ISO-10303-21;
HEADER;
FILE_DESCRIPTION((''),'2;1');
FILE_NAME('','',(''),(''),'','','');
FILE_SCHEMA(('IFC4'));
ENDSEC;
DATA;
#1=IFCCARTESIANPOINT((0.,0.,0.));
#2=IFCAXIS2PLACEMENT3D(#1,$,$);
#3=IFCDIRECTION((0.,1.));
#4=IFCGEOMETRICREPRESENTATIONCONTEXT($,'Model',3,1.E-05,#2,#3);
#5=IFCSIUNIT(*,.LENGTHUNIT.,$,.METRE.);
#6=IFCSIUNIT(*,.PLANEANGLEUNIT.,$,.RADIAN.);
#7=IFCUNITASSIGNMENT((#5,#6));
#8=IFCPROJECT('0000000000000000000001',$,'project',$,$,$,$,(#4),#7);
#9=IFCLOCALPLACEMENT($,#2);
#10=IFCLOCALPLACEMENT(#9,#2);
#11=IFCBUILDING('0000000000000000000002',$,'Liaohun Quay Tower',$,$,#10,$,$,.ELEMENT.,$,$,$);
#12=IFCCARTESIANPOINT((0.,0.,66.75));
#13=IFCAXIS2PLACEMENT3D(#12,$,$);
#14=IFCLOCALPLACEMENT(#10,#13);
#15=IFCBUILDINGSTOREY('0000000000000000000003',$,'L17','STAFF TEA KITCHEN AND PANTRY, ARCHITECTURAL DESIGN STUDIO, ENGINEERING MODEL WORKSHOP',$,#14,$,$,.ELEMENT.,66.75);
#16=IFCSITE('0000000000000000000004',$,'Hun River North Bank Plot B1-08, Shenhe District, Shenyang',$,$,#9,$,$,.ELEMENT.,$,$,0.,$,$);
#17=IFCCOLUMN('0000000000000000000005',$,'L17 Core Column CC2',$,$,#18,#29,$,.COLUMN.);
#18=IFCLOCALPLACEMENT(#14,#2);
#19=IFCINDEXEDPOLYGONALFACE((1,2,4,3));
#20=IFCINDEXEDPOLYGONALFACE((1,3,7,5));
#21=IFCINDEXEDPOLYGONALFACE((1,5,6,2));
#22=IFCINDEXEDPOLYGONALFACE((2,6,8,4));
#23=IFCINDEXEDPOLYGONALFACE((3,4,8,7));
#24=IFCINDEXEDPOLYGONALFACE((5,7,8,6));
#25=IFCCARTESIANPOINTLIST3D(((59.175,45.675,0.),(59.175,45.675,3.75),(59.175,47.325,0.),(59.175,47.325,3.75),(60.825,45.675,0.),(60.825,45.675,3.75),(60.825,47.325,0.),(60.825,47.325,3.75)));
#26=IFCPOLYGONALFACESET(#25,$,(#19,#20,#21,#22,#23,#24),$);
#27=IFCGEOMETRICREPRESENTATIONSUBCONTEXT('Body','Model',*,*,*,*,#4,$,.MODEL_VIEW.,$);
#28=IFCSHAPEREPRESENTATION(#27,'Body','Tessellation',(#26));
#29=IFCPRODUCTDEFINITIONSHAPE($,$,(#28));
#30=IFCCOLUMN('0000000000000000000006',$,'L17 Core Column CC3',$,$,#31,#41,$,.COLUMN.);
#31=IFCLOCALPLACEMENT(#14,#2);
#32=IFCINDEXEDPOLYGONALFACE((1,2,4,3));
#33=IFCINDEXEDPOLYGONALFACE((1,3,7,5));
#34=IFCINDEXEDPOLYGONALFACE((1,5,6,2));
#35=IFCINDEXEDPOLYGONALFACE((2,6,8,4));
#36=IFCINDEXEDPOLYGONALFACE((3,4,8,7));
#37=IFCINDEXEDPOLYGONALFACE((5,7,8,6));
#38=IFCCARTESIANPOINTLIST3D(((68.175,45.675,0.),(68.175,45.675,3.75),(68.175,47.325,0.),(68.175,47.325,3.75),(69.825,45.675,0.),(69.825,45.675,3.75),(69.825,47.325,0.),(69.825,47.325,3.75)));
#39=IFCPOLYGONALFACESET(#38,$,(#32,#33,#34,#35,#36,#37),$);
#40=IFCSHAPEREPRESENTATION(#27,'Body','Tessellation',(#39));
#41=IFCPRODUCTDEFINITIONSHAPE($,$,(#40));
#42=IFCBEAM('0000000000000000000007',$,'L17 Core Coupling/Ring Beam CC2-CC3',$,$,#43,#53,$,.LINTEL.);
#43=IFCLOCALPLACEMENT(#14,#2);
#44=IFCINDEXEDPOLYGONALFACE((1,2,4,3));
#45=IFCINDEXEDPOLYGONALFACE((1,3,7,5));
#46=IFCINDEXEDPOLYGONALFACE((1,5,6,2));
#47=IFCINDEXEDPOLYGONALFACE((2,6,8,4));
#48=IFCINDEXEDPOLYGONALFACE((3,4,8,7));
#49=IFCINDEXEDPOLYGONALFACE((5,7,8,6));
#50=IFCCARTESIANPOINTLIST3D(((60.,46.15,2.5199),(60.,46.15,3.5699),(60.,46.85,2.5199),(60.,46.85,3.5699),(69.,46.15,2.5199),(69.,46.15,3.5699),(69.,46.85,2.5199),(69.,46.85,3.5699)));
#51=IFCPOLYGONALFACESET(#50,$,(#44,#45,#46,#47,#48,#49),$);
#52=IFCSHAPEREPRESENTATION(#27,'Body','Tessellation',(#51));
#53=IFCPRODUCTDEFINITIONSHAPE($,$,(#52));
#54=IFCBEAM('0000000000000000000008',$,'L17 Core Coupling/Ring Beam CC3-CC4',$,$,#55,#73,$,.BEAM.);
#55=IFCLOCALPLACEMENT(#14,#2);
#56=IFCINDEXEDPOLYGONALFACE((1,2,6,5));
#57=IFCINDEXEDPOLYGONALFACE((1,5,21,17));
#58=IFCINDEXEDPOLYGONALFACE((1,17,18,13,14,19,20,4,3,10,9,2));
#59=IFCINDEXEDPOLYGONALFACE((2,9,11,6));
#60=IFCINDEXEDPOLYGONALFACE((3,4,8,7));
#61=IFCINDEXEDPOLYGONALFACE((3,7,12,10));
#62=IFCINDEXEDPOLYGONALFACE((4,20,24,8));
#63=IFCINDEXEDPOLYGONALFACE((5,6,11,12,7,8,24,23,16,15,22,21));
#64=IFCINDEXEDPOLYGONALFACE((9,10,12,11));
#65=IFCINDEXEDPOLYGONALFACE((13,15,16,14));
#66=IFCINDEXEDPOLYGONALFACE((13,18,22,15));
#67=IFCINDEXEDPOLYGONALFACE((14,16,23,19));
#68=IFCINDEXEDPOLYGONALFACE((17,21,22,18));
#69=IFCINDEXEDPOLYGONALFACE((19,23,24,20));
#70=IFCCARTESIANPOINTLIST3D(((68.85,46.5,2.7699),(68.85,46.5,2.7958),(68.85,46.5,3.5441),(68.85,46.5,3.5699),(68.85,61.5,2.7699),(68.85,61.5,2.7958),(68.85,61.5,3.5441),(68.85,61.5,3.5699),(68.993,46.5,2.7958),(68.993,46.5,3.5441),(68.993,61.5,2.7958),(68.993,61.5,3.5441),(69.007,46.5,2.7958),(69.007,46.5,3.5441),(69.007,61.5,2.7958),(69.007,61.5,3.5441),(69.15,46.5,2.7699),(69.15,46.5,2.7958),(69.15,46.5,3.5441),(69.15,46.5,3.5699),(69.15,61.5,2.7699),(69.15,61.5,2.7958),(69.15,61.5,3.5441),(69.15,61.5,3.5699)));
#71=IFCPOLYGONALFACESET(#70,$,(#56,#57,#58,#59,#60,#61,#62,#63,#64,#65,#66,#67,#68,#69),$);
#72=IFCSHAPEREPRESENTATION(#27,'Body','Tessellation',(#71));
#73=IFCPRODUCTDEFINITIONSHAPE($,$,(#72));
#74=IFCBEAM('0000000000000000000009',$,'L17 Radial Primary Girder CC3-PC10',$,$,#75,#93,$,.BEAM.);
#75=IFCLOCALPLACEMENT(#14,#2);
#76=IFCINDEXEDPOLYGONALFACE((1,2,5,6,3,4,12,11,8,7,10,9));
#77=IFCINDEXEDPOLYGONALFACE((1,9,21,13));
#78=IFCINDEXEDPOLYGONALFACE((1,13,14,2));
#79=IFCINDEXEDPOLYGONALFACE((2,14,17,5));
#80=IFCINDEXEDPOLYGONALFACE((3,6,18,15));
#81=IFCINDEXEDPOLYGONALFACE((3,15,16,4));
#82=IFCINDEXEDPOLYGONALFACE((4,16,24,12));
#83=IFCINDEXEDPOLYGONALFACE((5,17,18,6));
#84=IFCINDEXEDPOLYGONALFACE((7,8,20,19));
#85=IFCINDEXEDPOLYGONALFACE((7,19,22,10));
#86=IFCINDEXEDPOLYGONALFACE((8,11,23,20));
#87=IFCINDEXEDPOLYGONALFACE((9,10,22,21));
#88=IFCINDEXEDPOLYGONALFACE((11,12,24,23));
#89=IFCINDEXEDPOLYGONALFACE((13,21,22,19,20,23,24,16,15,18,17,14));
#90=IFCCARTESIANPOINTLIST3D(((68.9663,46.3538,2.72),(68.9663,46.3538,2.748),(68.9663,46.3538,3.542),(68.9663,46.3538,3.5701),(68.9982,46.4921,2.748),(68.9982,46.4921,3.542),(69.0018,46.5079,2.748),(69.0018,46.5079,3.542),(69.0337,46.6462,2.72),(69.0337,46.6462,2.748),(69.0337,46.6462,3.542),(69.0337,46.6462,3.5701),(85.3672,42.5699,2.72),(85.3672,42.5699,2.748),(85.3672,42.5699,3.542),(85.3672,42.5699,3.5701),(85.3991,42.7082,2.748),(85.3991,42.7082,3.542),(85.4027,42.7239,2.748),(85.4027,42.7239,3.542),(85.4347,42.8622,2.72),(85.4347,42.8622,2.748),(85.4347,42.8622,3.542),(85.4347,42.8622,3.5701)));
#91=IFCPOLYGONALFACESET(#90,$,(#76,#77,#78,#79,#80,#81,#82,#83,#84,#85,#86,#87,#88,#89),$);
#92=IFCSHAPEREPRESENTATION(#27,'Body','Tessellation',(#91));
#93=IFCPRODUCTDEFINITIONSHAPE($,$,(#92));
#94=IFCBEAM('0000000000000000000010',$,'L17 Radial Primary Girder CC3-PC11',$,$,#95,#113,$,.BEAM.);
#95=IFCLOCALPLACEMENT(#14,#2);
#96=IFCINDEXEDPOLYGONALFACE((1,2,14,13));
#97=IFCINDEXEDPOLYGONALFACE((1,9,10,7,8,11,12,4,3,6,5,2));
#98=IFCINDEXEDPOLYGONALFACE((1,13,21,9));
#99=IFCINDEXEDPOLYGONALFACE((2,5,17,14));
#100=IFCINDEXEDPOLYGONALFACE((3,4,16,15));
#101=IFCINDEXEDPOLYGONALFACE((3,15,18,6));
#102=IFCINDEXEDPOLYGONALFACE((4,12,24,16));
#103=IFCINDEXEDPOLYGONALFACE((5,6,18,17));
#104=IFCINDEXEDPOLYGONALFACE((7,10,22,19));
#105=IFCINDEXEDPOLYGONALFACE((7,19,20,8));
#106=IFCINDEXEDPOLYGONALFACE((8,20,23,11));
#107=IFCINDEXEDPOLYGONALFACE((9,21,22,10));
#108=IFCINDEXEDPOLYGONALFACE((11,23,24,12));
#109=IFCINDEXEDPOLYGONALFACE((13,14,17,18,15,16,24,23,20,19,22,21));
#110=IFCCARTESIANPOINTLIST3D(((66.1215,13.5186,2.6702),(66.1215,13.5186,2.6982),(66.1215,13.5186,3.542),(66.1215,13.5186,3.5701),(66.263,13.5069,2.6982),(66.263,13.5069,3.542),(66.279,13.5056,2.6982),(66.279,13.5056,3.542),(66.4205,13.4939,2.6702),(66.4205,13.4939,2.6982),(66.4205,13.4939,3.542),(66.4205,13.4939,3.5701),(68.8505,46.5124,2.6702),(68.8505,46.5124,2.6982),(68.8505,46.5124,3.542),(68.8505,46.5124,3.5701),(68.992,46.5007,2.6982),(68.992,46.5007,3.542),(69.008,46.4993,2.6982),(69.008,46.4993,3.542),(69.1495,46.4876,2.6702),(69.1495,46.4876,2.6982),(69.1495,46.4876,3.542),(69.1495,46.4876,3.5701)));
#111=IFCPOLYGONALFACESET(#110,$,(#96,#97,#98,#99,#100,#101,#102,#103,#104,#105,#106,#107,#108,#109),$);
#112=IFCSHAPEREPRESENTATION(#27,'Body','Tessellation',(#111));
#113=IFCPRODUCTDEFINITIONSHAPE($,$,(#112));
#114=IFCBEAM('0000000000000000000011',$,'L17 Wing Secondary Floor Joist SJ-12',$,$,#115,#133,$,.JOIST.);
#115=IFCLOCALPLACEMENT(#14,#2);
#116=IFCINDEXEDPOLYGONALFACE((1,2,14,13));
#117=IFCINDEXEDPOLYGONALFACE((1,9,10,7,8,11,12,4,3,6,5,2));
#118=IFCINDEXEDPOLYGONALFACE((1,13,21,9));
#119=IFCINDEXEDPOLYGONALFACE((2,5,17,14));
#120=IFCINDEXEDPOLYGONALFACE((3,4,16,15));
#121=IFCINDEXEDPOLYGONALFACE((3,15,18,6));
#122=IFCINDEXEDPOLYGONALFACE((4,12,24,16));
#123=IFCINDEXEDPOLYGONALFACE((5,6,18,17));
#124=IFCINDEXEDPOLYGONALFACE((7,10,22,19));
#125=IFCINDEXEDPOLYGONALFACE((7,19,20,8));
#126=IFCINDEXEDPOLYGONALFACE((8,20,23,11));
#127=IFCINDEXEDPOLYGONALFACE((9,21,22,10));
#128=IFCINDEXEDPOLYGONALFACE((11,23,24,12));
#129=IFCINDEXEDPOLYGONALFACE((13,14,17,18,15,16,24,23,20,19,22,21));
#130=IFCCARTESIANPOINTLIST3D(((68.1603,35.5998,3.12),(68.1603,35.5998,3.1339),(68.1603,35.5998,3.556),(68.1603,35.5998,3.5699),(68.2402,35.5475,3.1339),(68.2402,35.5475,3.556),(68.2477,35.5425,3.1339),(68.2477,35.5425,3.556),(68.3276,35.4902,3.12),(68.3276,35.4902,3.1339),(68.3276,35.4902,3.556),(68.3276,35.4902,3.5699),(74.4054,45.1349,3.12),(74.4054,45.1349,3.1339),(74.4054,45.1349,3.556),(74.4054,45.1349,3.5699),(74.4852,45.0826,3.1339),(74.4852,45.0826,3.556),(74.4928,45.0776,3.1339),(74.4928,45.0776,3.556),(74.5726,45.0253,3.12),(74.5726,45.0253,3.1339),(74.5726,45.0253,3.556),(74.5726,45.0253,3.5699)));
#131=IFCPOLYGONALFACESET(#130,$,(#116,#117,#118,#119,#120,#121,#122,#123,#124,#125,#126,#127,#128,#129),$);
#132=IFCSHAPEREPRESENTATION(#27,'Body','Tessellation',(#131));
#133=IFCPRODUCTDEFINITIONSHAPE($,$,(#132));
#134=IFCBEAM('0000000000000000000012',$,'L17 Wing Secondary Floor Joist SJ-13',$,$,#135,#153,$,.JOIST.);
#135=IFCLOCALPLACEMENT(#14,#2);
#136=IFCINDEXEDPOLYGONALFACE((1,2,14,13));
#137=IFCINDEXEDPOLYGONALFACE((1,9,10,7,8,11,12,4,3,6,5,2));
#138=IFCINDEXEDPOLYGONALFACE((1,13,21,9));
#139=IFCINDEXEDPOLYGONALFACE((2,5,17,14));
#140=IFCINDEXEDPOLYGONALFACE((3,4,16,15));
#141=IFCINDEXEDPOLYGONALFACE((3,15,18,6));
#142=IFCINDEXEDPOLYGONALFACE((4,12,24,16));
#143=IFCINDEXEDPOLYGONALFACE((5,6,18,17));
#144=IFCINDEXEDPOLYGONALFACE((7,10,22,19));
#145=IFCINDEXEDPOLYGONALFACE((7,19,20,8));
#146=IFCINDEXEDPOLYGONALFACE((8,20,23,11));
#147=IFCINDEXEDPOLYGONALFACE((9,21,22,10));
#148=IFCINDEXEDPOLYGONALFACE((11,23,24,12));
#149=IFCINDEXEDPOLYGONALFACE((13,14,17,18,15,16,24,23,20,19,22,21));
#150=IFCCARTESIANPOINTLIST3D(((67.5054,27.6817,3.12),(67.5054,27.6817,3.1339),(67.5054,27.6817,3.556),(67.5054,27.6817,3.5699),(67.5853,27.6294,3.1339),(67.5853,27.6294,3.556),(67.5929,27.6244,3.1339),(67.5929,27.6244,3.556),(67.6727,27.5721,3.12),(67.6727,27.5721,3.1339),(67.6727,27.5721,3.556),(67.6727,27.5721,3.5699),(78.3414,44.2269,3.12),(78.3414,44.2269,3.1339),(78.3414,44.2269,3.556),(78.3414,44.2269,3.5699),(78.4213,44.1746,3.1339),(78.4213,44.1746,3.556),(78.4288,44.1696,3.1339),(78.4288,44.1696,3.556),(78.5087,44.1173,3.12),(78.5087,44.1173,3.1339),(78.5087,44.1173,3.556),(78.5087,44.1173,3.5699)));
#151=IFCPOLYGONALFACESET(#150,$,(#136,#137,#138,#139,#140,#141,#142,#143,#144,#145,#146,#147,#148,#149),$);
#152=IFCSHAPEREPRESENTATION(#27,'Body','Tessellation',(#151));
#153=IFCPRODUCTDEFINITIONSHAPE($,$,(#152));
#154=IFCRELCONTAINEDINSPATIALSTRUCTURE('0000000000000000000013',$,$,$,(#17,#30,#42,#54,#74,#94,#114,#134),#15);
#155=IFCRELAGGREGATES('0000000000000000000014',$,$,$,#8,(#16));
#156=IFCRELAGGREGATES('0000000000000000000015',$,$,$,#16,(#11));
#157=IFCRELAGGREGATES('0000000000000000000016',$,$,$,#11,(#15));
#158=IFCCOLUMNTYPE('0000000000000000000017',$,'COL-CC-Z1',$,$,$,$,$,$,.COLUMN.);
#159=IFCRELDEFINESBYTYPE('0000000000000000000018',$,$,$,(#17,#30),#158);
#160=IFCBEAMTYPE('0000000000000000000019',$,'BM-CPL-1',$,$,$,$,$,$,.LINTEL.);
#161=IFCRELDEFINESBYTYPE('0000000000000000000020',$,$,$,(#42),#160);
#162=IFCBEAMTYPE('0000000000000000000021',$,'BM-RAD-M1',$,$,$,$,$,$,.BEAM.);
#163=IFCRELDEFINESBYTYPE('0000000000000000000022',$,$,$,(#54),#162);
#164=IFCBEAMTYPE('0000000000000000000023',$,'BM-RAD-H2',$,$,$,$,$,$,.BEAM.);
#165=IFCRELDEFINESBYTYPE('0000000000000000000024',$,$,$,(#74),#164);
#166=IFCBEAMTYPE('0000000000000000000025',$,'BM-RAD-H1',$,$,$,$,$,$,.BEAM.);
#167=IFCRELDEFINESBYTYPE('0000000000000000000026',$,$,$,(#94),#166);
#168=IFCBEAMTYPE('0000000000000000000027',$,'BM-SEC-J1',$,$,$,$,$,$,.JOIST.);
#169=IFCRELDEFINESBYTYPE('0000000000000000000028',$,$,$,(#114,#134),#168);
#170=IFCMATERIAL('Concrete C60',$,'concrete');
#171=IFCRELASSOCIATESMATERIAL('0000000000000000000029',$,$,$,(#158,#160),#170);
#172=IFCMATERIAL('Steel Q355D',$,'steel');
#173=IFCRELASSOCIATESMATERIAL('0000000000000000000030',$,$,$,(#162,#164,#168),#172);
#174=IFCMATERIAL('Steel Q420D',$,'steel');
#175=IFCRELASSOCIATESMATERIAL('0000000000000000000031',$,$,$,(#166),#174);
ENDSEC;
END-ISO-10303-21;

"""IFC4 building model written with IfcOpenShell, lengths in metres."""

from ifc_helpers import new_model, si_unit, direction, frame, origin, origin_2d, place, context, subcontext, project, spatial, rectangle, i_section, extrude, source, transform, mapped, material, material_profile, profile_set, type_object, element, save


model = new_model("IFC4")

# Units and contexts
model_context = context("Model", 3, precision=1e-05, world=origin(), true_north=direction((0.0, 1.0)))
body_context = subcontext(model_context, "Body", "Model", "MODEL_VIEW")
ifc_project = project(units=[si_unit("LENGTHUNIT", "METRE"), si_unit("PLANEANGLEUNIT", "RADIAN")], contexts=[model_context])

# Site, building, storey
site_placement = place(None, origin())
site = spatial("IfcSite", under=ifc_project, at=site_placement, Name="Hun River North Bank Plot B1-08, Shenhe District, Shenyang", CompositionType="ELEMENT", RefElevation=0.0)
building_placement = place(site_placement, origin())
building = spatial("IfcBuilding", under=site, at=building_placement, Name="Liaohun Quay Tower", CompositionType="ELEMENT")
storey_placement = place(building_placement, frame((0.0, 0.0, 66.75)))
storey = spatial("IfcBuildingStorey", under=building, at=storey_placement, Name="L17", Description="STAFF TEA KITCHEN AND PANTRY, ARCHITECTURAL DESIGN STUDIO, ENGINEERING MODEL WORKSHOP", CompositionType="ELEMENT", Elevation=66.75)

# Columns
ifc_material_1 = material(Name="Concrete C60", Category="concrete")
ifc_material_profile_1 = material_profile(ifc_material_1, rectangle(XDim=1.6499, YDim=1.6499, at=origin_2d()), Name="RC1650x1650")
ifc_profile_set_1 = profile_set([ifc_material_profile_1], Name="Concrete C60")
column_type = type_object("IfcColumnType", Name="COL-CC-Z1", PredefinedType="COLUMN", material=ifc_profile_set_1)
shared_shape_1 = source(origin(), body_context, "Body", "SweptSolid", [
    extrude(rectangle(XDim=1.6499, YDim=1.6499, at=origin_2d()), origin(), (0.0, 0.0, 1.0), 3.75),
])
for number, where, z_axis, x_axis, name in (
    (1, (60.0, 46.5, 0.0), (0.0, 0.0, 1.0), (1.0, 0.0, 0.0), "L17 Core Column CC2"),
    (2, (69.0, 46.5, 0.0), (0.0, 0.0, 1.0), (1.0, 0.0, 0.0), "L17 Core Column CC3"),
):
    element("IfcColumn", number, at=place(storey_placement, frame(where, z_axis=z_axis, x_axis=x_axis)), inside=storey, type_object=column_type, Name=name, PredefinedType="COLUMN", context=body_context, shape_type="MappedRepresentation", body=[
        mapped(shared_shape_1, transform((0.0, 0.0, 0.0), x_axis=(1.0, 0.0, 0.0), y_axis=(0.0, 1.0, 0.0), z_axis=(0.0, 0.0, 1.0), scale=1.0)),
    ])

# Beams
ifc_material_profile_2 = material_profile(ifc_material_1, rectangle(XDim=0.7, YDim=1.05, at=origin_2d()), Name="RC700x1050")
ifc_profile_set_2 = profile_set([ifc_material_profile_2], Name="Concrete C60")
beam_type_1 = type_object("IfcBeamType", Name="BM-CPL-1", PredefinedType="LINTEL", material=ifc_profile_set_2)
shared_shape_2 = source(origin(), body_context, "Body", "SweptSolid", [
    extrude(rectangle(XDim=0.7, YDim=1.05, at=origin_2d()), origin(), (0.0, 0.0, 1.0), 9.0),
])
beam_1_placement = place(storey_placement, frame((60.0, 46.5, 3.0449), z_axis=(1.0, 0.0, 0.0), x_axis=(0.0, 1.0, 0.0)))
element("IfcBeam", 3, at=beam_1_placement, inside=storey, type_object=beam_type_1, Name="L17 Core Coupling/Ring Beam CC2-CC3", PredefinedType="LINTEL", context=body_context, shape_type="MappedRepresentation", body=[
    mapped(shared_shape_2, transform((0.0, 0.0, 0.0), x_axis=(1.0, 0.0, 0.0), y_axis=(0.0, 1.0, 0.0), z_axis=(0.0, 0.0, 1.0), scale=1.0)),
])
ifc_material_2 = material(Name="Steel Q355D", Category="steel")
ifc_material_profile_3 = material_profile(ifc_material_2, i_section(OverallWidth=0.3, OverallDepth=0.8, WebThickness=0.0139, FlangeThickness=0.0259, at=origin_2d()), Name="HN800x300x14x26")
ifc_profile_set_3 = profile_set([ifc_material_profile_3], Name="Steel Q355D")
beam_type_2 = type_object("IfcBeamType", Name="BM-RAD-M1", PredefinedType="BEAM", material=ifc_profile_set_3)
shared_shape_3 = source(origin(), body_context, "Body", "SweptSolid", [
    extrude(i_section(OverallWidth=0.3, OverallDepth=0.8, WebThickness=0.0139, FlangeThickness=0.0259, at=origin_2d()), origin(), (0.0, 0.0, 1.0), 15.0),
])
beam_2_placement = place(storey_placement, frame((69.0, 46.5, 3.1699), z_axis=(0.0, 1.0, 0.0), x_axis=(-1.0, 0.0, 0.0)))
element("IfcBeam", 4, at=beam_2_placement, inside=storey, type_object=beam_type_2, Name="L17 Core Coupling/Ring Beam CC3-CC4", PredefinedType="BEAM", context=body_context, shape_type="MappedRepresentation", body=[
    mapped(shared_shape_3, transform((0.0, 0.0, 0.0), x_axis=(1.0, 0.0, 0.0), y_axis=(0.0, 1.0, 0.0), z_axis=(0.0, 0.0, 1.0), scale=1.0)),
])
ifc_material_profile_4 = material_profile(ifc_material_2, i_section(OverallWidth=0.3, OverallDepth=0.8501, WebThickness=0.0161, FlangeThickness=0.0281, at=origin_2d()), Name="HN850x300x16x28")
ifc_profile_set_4 = profile_set([ifc_material_profile_4], Name="Steel Q355D")
beam_type_3 = type_object("IfcBeamType", Name="BM-RAD-H2", PredefinedType="BEAM", material=ifc_profile_set_4)
shared_shape_4 = source(origin(), body_context, "Body", "SweptSolid", [
    extrude(i_section(OverallWidth=0.3, OverallDepth=0.8501, WebThickness=0.0161, FlangeThickness=0.0281, at=origin_2d()), origin(), (0.0, 0.0, 1.0), 16.8318),
])
beam_3_placement = place(storey_placement, frame((69.0, 46.5, 3.145), z_axis=(0.974403, -0.22481, 0.0), x_axis=(0.22481, 0.974403, 0.0)))
element("IfcBeam", 5, at=beam_3_placement, inside=storey, type_object=beam_type_3, Name="L17 Radial Primary Girder CC3-PC10", PredefinedType="BEAM", context=body_context, shape_type="MappedRepresentation", body=[
    mapped(shared_shape_4, transform((0.0, 0.0, 0.0), x_axis=(1.0, 0.0, 0.0), y_axis=(0.0, 1.0, 0.0), z_axis=(0.0, 0.0, 1.0), scale=1.0)),
])
ifc_material_3 = material(Name="Steel Q420D", Category="steel")
ifc_material_profile_5 = material_profile(ifc_material_3, i_section(OverallWidth=0.3, OverallDepth=0.8999, WebThickness=0.0161, FlangeThickness=0.0281, at=origin_2d()), Name="HN900x300x16x28")
ifc_profile_set_5 = profile_set([ifc_material_profile_5], Name="Steel Q420D")
beam_type_4 = type_object("IfcBeamType", Name="BM-RAD-H1", PredefinedType="BEAM", material=ifc_profile_set_5)
shared_shape_5 = source(origin(), body_context, "Body", "SweptSolid", [
    extrude(i_section(OverallWidth=0.3, OverallDepth=0.8999, WebThickness=0.0161, FlangeThickness=0.0281, at=origin_2d()), origin(), (0.0, 0.0, 1.0), 33.1064),
])
beam_4_placement = place(storey_placement, frame((69.0, 46.5, 3.1201), z_axis=(-0.082431, -0.996597, 0.0), x_axis=(0.996597, -0.082431, 0.0)))
element("IfcBeam", 6, at=beam_4_placement, inside=storey, type_object=beam_type_4, Name="L17 Radial Primary Girder CC3-PC11", PredefinedType="BEAM", context=body_context, shape_type="MappedRepresentation", body=[
    mapped(shared_shape_5, transform((0.0, 0.0, 0.0), x_axis=(1.0, 0.0, 0.0), y_axis=(0.0, 1.0, 0.0), z_axis=(0.0, 0.0, 1.0), scale=1.0)),
])
ifc_material_profile_6 = material_profile(ifc_material_2, i_section(OverallWidth=0.2, OverallDepth=0.45, WebThickness=0.009, FlangeThickness=0.0139, at=origin_2d()), Name="HN450x200x9x14")
ifc_profile_set_6 = profile_set([ifc_material_profile_6], Name="Steel Q355D")
beam_type_5 = type_object("IfcBeamType", Name="BM-SEC-J1", PredefinedType="JOIST", material=ifc_profile_set_6)
shared_shape_6 = source(origin(), body_context, "Body", "SweptSolid", [
    extrude(i_section(OverallWidth=0.2, OverallDepth=0.45, WebThickness=0.009, FlangeThickness=0.0139, at=origin_2d()), origin(), (0.0, 0.0, 1.0), 11.3982),
])
beam_5_placement = place(storey_placement, frame((74.489, 45.0801, 3.345), z_axis=(-0.5479, -0.836544, 0.0), x_axis=(0.836544, -0.5479, 0.0)))
element("IfcBeam", 7, at=beam_5_placement, inside=storey, type_object=beam_type_5, Name="L17 Wing Secondary Floor Joist SJ-12", PredefinedType="JOIST", context=body_context, shape_type="MappedRepresentation", body=[
    mapped(shared_shape_6, transform((0.0, 0.0, 0.0), x_axis=(1.0, 0.0, 0.0), y_axis=(0.0, 1.0, 0.0), z_axis=(0.0, 0.0, 1.0), scale=1.0)),
])
shared_shape_7 = source(origin(), body_context, "Body", "SweptSolid", [
    extrude(i_section(OverallWidth=0.2, OverallDepth=0.45, WebThickness=0.009, FlangeThickness=0.0139, at=origin_2d()), origin(), (0.0, 0.0, 1.0), 19.7778),
])
beam_6_placement = place(storey_placement, frame((78.425, 44.1721, 3.345), z_axis=(-0.547885, -0.836554, 0.0), x_axis=(0.836554, -0.547885, 0.0)))
element("IfcBeam", 8, at=beam_6_placement, inside=storey, type_object=beam_type_5, Name="L17 Wing Secondary Floor Joist SJ-13", PredefinedType="JOIST", context=body_context, shape_type="MappedRepresentation", body=[
    mapped(shared_shape_7, transform((0.0, 0.0, 0.0), x_axis=(1.0, 0.0, 0.0), y_axis=(0.0, 1.0, 0.0), z_axis=(0.0, 0.0, 1.0), scale=1.0)),
])

save(model, "model.ifc")
